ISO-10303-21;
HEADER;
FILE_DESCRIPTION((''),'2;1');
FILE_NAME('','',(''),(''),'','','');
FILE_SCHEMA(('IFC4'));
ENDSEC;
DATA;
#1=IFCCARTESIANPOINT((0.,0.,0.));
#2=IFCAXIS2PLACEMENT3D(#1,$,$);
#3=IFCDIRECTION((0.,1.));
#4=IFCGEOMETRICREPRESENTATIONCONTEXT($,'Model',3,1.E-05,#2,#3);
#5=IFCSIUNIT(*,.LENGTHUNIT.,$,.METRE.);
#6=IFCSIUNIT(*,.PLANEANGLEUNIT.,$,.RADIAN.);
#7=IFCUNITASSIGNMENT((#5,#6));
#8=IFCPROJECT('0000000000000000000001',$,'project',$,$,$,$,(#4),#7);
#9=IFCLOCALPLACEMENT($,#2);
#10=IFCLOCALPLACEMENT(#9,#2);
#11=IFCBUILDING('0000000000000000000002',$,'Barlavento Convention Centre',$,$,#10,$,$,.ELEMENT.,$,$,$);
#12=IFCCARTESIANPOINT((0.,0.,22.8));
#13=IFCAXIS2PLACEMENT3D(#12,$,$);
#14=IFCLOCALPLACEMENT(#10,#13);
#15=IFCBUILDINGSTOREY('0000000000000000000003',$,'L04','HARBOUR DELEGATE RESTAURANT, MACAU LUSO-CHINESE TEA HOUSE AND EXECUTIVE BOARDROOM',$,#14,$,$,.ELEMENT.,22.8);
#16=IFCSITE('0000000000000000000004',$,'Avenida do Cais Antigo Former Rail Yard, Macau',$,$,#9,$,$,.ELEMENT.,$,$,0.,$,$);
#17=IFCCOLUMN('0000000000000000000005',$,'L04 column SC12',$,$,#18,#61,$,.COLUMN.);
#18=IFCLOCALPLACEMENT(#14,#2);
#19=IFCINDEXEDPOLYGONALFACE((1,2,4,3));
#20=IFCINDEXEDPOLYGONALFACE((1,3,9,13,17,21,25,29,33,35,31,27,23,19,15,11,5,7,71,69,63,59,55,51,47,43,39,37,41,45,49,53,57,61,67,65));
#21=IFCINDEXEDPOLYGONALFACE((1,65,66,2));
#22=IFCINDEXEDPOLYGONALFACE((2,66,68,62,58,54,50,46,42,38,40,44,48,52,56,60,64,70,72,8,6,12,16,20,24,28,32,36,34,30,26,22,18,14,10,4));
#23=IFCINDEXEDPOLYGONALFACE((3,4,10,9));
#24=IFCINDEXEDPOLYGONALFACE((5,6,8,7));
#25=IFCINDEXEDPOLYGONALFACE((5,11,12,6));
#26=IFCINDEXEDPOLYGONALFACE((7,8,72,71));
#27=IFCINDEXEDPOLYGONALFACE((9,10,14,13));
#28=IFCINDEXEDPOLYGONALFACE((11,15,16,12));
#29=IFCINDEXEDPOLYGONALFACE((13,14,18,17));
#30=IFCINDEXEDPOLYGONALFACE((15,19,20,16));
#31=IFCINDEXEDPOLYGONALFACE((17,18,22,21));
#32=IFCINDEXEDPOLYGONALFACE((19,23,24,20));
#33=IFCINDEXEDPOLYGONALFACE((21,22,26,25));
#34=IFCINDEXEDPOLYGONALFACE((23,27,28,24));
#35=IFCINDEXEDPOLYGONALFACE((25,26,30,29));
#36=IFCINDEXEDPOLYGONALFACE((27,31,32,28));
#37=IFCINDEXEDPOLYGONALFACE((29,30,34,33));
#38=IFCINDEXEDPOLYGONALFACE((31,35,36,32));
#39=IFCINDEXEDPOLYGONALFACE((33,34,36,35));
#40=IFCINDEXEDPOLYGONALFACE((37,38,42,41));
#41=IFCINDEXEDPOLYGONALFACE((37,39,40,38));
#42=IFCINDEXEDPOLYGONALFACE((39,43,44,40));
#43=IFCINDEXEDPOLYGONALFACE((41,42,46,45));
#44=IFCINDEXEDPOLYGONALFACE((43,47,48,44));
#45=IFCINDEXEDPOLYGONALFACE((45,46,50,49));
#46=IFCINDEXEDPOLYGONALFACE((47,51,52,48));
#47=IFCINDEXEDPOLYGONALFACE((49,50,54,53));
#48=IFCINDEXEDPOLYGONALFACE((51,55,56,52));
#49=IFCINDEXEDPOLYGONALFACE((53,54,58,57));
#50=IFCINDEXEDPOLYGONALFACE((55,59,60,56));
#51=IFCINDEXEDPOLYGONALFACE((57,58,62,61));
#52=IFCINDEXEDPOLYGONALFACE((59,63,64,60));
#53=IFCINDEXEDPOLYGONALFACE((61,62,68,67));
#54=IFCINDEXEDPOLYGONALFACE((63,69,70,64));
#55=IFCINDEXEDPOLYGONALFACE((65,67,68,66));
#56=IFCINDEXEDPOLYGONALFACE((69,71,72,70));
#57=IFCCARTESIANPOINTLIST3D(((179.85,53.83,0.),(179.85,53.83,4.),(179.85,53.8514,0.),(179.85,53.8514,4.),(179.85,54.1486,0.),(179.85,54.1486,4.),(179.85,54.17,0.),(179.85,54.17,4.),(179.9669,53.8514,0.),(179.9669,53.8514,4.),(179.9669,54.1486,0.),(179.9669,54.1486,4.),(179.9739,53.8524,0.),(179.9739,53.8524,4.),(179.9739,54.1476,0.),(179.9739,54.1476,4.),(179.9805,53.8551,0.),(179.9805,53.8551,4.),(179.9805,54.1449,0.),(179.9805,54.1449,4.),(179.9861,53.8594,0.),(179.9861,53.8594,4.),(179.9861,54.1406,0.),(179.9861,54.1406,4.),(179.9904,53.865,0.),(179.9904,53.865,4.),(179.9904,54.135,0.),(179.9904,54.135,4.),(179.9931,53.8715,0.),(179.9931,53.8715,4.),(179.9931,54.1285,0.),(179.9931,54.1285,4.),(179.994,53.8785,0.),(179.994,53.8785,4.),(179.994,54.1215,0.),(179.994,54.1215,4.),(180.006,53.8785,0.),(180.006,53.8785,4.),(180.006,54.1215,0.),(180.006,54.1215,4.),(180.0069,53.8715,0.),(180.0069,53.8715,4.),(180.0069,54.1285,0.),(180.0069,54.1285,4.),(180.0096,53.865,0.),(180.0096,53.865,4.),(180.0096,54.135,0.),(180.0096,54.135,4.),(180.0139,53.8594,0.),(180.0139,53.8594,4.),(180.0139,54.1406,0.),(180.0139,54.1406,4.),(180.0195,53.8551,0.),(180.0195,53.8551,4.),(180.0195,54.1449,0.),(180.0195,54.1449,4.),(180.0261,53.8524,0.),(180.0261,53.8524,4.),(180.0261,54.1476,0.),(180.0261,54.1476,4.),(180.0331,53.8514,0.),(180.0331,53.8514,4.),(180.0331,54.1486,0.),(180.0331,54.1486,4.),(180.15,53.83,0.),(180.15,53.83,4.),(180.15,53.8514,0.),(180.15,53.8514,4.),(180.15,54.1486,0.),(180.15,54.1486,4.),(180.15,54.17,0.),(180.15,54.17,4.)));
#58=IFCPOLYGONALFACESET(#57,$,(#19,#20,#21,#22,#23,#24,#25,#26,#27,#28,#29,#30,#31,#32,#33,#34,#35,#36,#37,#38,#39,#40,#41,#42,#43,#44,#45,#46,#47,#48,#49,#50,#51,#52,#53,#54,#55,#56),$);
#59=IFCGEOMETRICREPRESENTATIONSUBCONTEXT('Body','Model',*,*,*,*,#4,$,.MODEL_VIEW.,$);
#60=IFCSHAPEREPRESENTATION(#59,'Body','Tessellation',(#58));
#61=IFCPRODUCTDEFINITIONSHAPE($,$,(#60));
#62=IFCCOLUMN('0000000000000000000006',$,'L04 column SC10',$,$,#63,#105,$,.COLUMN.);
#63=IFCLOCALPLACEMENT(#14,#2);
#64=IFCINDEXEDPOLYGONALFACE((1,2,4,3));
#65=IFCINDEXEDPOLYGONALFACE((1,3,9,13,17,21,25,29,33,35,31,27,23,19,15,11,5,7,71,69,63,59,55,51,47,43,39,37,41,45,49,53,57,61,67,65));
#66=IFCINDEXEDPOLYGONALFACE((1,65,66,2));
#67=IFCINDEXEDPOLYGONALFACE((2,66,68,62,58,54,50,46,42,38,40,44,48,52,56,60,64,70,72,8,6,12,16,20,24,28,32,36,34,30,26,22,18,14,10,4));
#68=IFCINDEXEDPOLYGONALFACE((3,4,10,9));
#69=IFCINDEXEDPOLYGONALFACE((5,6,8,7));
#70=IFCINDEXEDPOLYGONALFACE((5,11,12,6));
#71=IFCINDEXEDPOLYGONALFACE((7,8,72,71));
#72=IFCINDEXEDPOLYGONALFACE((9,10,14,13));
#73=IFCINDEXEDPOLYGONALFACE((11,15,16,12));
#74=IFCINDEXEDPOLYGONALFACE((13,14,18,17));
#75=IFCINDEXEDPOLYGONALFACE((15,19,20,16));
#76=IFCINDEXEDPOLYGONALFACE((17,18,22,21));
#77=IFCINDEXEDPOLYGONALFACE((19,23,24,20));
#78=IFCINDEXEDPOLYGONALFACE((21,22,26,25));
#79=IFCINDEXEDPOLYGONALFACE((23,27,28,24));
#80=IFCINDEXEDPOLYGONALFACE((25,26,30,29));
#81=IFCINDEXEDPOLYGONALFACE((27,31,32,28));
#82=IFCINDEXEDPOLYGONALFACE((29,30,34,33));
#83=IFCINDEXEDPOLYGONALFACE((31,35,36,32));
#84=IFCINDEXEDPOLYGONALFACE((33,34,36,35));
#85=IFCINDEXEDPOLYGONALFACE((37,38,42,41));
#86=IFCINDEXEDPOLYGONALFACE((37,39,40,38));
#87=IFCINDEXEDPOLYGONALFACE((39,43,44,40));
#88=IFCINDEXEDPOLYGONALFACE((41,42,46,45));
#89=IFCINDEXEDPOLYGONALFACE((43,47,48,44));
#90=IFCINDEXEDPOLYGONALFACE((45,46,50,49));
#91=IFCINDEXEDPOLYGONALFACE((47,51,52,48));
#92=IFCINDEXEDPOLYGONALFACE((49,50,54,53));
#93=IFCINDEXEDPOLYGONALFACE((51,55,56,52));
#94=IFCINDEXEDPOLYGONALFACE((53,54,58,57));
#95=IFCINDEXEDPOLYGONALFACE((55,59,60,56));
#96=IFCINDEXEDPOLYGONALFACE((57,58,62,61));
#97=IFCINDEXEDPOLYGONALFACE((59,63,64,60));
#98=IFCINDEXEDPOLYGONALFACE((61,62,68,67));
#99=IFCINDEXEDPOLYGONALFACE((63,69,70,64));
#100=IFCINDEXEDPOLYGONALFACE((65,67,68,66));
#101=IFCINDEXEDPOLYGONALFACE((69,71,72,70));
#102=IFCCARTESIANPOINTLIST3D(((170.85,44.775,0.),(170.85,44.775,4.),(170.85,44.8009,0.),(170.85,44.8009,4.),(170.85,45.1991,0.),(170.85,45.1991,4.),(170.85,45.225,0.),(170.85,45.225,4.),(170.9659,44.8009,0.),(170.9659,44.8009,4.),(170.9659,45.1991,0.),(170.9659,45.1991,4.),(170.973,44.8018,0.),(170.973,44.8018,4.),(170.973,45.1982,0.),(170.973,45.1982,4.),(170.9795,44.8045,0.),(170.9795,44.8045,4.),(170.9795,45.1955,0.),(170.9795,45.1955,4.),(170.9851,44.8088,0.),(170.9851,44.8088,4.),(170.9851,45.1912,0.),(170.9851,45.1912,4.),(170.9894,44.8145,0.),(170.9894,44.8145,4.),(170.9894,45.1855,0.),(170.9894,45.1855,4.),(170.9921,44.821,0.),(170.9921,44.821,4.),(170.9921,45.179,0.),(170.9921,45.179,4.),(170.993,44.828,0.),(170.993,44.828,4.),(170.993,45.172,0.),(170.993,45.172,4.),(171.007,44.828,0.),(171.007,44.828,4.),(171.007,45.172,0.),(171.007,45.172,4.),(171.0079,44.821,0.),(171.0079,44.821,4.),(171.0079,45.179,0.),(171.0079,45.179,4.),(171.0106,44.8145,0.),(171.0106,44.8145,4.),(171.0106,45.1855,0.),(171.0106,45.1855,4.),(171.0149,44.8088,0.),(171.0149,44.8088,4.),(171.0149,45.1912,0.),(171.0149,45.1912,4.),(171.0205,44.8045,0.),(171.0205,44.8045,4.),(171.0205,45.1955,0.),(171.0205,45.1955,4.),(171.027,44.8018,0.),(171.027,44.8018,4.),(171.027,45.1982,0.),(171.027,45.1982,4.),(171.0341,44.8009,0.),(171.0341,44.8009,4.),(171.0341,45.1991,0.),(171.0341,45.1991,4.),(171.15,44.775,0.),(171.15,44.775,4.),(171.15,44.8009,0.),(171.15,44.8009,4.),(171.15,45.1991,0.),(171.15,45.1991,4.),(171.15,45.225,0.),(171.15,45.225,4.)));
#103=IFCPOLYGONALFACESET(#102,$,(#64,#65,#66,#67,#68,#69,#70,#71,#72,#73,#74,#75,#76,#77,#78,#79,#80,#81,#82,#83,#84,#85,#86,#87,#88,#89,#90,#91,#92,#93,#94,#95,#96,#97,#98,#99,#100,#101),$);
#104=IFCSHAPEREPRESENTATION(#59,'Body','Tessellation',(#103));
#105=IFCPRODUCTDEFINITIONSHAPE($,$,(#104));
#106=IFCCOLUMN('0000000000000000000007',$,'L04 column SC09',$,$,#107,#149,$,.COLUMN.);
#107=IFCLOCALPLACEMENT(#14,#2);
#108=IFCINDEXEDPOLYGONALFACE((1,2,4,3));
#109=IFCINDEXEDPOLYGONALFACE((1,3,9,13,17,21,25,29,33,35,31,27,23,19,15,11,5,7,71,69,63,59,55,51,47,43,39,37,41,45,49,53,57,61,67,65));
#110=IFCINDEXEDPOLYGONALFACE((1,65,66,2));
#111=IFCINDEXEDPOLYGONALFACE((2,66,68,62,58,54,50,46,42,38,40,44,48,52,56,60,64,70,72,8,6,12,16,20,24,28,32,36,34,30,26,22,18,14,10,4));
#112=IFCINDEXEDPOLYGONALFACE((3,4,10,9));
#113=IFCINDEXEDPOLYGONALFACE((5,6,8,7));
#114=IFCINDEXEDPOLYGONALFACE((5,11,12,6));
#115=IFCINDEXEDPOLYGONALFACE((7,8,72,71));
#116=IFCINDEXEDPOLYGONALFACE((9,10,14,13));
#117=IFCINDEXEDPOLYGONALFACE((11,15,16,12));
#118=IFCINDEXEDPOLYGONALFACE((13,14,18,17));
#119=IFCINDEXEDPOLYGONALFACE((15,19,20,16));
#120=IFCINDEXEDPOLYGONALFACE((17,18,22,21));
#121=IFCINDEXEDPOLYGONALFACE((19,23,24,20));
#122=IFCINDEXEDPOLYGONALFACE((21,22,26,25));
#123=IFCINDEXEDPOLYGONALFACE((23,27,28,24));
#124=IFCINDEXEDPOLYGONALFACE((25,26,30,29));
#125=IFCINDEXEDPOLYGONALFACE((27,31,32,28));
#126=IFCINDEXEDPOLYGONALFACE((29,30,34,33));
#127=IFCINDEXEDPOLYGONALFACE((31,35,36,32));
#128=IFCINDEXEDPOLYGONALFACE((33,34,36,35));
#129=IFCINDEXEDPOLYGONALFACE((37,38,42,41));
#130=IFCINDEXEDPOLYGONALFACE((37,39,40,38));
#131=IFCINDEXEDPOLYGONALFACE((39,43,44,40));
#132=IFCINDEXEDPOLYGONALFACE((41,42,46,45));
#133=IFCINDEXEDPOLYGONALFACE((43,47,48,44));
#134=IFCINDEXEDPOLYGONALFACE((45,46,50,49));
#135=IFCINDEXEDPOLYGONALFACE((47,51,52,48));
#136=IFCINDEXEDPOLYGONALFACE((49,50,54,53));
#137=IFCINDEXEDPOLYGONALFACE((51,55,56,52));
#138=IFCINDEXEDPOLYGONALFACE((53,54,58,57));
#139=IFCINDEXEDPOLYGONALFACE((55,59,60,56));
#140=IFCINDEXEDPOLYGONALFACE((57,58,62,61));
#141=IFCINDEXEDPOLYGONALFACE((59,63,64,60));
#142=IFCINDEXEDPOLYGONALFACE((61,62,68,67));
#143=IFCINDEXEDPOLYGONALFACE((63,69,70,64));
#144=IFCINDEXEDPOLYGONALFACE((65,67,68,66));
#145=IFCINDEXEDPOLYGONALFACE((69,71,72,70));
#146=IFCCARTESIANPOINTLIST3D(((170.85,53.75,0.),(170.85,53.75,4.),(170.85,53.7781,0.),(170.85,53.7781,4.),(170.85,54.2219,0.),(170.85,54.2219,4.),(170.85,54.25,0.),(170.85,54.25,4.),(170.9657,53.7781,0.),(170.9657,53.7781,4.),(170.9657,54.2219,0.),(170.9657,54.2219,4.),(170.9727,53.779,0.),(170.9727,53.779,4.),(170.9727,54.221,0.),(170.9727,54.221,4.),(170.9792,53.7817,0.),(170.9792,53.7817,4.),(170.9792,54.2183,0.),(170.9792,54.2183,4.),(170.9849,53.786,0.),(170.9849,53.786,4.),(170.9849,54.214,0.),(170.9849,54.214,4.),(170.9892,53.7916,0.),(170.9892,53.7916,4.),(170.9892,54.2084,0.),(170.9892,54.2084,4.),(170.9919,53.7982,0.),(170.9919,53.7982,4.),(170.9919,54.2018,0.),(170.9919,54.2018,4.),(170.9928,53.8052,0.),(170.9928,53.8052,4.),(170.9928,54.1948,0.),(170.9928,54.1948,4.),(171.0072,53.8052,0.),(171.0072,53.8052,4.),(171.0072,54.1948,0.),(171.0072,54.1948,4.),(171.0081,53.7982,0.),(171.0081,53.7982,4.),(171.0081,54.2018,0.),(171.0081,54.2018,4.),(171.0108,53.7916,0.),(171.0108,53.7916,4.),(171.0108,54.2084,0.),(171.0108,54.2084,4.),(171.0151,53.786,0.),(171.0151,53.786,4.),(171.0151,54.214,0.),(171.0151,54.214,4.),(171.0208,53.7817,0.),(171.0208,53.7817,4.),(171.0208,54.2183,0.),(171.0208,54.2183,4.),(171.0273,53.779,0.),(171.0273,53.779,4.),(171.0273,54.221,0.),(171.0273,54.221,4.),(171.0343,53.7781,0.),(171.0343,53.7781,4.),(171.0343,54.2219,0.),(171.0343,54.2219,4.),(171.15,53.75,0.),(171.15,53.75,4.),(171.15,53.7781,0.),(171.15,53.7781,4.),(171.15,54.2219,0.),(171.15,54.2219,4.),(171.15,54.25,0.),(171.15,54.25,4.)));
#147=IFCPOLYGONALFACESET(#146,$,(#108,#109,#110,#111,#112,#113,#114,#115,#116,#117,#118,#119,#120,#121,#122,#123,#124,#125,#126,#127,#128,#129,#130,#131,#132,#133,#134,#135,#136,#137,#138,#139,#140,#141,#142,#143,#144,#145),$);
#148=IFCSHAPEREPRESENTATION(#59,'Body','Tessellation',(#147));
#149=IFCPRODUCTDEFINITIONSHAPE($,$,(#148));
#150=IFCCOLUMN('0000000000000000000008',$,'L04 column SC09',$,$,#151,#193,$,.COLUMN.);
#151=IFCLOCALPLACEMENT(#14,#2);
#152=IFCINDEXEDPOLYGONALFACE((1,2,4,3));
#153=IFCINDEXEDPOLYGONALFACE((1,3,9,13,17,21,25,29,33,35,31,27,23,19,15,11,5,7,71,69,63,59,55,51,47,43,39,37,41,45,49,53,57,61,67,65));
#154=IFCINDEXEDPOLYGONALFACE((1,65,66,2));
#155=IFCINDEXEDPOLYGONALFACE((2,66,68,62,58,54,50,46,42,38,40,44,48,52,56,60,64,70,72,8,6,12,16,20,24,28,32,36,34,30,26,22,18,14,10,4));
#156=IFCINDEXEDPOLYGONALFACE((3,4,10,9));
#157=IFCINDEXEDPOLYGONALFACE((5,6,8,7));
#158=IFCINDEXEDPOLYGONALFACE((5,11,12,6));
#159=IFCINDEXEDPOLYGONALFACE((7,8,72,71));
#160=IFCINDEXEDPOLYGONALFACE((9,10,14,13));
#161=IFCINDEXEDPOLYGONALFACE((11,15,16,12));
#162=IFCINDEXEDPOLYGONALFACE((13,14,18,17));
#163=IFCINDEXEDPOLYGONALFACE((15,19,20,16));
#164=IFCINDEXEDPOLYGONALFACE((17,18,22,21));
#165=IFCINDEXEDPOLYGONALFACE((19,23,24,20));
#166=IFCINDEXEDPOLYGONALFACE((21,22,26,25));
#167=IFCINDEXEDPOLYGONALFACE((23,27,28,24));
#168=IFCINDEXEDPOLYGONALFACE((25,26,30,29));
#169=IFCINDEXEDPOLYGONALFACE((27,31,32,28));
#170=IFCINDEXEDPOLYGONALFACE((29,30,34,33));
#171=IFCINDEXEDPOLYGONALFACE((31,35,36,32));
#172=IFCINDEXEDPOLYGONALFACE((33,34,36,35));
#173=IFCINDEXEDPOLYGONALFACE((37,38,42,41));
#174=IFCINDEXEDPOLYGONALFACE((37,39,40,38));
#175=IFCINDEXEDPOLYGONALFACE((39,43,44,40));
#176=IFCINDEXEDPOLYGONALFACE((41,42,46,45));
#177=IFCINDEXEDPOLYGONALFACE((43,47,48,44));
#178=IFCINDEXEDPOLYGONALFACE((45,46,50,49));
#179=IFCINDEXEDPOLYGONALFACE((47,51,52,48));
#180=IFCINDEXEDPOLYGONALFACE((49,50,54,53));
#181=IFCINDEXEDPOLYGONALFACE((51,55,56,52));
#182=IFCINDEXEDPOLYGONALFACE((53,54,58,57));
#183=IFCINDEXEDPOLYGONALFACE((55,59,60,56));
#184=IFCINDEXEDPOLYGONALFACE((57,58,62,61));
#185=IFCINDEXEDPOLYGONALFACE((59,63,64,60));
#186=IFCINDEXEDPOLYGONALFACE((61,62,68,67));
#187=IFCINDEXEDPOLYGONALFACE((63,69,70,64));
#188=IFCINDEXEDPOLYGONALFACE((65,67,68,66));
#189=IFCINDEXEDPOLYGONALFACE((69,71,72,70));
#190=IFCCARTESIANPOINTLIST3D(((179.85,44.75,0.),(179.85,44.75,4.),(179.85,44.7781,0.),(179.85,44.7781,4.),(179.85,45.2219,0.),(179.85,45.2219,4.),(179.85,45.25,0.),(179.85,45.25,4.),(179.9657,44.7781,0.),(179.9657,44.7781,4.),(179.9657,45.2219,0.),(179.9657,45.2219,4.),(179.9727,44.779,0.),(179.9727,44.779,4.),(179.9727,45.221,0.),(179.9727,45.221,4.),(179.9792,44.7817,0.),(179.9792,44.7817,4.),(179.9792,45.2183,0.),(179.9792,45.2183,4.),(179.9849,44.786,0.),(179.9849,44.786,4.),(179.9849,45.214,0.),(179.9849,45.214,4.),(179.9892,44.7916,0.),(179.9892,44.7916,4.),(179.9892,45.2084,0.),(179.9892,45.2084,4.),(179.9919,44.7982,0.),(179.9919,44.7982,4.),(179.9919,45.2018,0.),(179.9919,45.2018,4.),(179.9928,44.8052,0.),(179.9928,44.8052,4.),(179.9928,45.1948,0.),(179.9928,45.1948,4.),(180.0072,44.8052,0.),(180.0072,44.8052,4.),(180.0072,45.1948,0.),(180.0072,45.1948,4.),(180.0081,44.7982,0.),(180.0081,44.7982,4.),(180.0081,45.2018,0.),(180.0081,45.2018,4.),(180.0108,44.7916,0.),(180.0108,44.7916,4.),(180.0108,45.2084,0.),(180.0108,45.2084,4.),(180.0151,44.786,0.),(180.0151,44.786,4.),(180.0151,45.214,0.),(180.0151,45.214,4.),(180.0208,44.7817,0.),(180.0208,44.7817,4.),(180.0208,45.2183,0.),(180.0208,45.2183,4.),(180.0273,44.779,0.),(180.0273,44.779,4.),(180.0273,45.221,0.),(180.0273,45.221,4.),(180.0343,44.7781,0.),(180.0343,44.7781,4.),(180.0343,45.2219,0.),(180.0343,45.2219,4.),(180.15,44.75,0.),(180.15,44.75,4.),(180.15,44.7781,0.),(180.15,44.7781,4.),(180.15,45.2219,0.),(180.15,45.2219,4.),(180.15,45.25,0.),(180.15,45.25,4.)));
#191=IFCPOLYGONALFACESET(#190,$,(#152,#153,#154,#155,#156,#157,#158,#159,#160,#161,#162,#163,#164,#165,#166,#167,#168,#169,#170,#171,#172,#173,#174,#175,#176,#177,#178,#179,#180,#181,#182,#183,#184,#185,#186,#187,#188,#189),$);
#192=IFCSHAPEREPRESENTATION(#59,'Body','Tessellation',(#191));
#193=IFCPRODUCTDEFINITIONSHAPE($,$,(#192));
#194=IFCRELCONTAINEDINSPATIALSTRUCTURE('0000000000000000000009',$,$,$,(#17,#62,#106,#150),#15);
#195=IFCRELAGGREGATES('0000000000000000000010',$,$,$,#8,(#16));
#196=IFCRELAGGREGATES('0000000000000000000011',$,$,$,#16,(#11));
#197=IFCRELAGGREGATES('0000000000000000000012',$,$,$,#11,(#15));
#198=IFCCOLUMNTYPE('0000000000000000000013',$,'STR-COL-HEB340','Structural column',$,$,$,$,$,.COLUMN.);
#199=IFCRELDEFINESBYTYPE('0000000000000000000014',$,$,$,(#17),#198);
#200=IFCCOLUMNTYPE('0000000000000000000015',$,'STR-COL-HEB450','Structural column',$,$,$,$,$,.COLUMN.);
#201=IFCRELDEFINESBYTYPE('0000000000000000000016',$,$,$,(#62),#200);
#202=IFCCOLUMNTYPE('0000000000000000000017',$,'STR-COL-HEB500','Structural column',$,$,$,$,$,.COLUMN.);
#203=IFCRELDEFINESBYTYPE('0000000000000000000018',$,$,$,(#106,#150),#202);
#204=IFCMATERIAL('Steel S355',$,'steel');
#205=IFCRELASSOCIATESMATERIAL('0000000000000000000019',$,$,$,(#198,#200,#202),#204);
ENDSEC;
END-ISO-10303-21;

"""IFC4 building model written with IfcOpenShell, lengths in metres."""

from ifc_helpers import new_model, si_unit, direction, frame, origin, origin_2d, place, context, subcontext, project, spatial, i_section, extrude, material, material_profile, profile_set, type_object, element, save


model = new_model("IFC4")

# Units and contexts
model_context = context("Model", 3, precision=1e-05, world=origin(), true_north=direction((0.0, 1.0)))
body_context = subcontext(model_context, "Body", "Model", "MODEL_VIEW")
ifc_project = project(units=[si_unit("LENGTHUNIT", "METRE"), si_unit("PLANEANGLEUNIT", "RADIAN")], contexts=[model_context])

# Site, building, storey
site_placement = place(None, origin())
site = spatial("IfcSite", under=ifc_project, at=site_placement, Name="Avenida do Cais Antigo Former Rail Yard, Macau", CompositionType="ELEMENT", RefElevation=0.0)
building_placement = place(site_placement, origin())
building = spatial("IfcBuilding", under=site, at=building_placement, Name="Barlavento Convention Centre", CompositionType="ELEMENT")
storey_placement = place(building_placement, frame((0.0, 0.0, 22.8)))
storey = spatial("IfcBuildingStorey", under=building, at=storey_placement, Name="L04", Description="HARBOUR DELEGATE RESTAURANT, MACAU LUSO-CHINESE TEA HOUSE AND EXECUTIVE BOARDROOM", CompositionType="ELEMENT", Elevation=22.8)

# Columns
ifc_material_1 = material(Name="Steel S355", Category="steel")
ifc_material_profile_1 = material_profile(ifc_material_1, i_section(OverallWidth=0.3, OverallDepth=0.3401, WebThickness=0.012, FlangeThickness=0.0215, FilletRadius=0.0271, at=origin_2d()), Name="HEB 340")
ifc_profile_set_1 = profile_set([ifc_material_profile_1], Name="Steel S355")
column_type_1 = type_object("IfcColumnType", Name="STR-COL-HEB340", Description="Structural column", PredefinedType="COLUMN", material=ifc_profile_set_1)
column_1_placement = place(storey_placement, frame((180.0, 54.0, 0.0), z_axis=(0.0, 0.0, 1.0), x_axis=(1.0, 0.0, 0.0)))
element("IfcColumn", 1, at=column_1_placement, inside=storey, type_object=column_type_1, Name="L04 column SC12", PredefinedType="COLUMN", context=body_context, shape_type="SweptSolid", body=[
    extrude(i_section(OverallWidth=0.3, OverallDepth=0.3401, WebThickness=0.012, FlangeThickness=0.0215, FilletRadius=0.0271, at=origin_2d()), origin(), (0.0, 0.0, 1.0), 4.0),
])
ifc_material_profile_2 = material_profile(ifc_material_1, i_section(OverallWidth=0.3, OverallDepth=0.45, WebThickness=0.0139, FlangeThickness=0.0259, FilletRadius=0.0271, at=origin_2d()), Name="HEB 450")
ifc_profile_set_2 = profile_set([ifc_material_profile_2], Name="Steel S355")
column_type_2 = type_object("IfcColumnType", Name="STR-COL-HEB450", Description="Structural column", PredefinedType="COLUMN", material=ifc_profile_set_2)
column_2_placement = place(storey_placement, frame((171.0, 45.0, 0.0), z_axis=(0.0, 0.0, 1.0), x_axis=(1.0, 0.0, 0.0)))
element("IfcColumn", 2, at=column_2_placement, inside=storey, type_object=column_type_2, Name="L04 column SC10", PredefinedType="COLUMN", context=body_context, shape_type="SweptSolid", body=[
    extrude(i_section(OverallWidth=0.3, OverallDepth=0.45, WebThickness=0.0139, FlangeThickness=0.0259, FilletRadius=0.0271, at=origin_2d()), origin(), (0.0, 0.0, 1.0), 4.0),
])
ifc_material_profile_3 = material_profile(ifc_material_1, i_section(OverallWidth=0.3, OverallDepth=0.5, WebThickness=0.0144, FlangeThickness=0.0281, FilletRadius=0.0271, at=origin_2d()), Name="HEB 500")
ifc_profile_set_3 = profile_set([ifc_material_profile_3], Name="Steel S355")
column_type_3 = type_object("IfcColumnType", Name="STR-COL-HEB500", Description="Structural column", PredefinedType="COLUMN", material=ifc_profile_set_3)
for number, where, z_axis, x_axis, name in (
    (3, (171.0, 54.0, 0.0), (0.0, 0.0, 1.0), (1.0, 0.0, 0.0), "L04 column SC09"),
    (4, (180.0, 45.0, 0.0), (0.0, 0.0, 1.0), (1.0, 0.0, 0.0), "L04 column SC09"),
):
    element("IfcColumn", number, at=place(storey_placement, frame(where, z_axis=z_axis, x_axis=x_axis)), inside=storey, type_object=column_type_3, Name=name, PredefinedType="COLUMN", context=body_context, shape_type="SweptSolid", body=[
        extrude(i_section(OverallWidth=0.3, OverallDepth=0.5, WebThickness=0.0144, FlangeThickness=0.0281, FilletRadius=0.0271, at=origin_2d()), origin(), (0.0, 0.0, 1.0), 4.0),
    ])

save(model, "model.ifc")
